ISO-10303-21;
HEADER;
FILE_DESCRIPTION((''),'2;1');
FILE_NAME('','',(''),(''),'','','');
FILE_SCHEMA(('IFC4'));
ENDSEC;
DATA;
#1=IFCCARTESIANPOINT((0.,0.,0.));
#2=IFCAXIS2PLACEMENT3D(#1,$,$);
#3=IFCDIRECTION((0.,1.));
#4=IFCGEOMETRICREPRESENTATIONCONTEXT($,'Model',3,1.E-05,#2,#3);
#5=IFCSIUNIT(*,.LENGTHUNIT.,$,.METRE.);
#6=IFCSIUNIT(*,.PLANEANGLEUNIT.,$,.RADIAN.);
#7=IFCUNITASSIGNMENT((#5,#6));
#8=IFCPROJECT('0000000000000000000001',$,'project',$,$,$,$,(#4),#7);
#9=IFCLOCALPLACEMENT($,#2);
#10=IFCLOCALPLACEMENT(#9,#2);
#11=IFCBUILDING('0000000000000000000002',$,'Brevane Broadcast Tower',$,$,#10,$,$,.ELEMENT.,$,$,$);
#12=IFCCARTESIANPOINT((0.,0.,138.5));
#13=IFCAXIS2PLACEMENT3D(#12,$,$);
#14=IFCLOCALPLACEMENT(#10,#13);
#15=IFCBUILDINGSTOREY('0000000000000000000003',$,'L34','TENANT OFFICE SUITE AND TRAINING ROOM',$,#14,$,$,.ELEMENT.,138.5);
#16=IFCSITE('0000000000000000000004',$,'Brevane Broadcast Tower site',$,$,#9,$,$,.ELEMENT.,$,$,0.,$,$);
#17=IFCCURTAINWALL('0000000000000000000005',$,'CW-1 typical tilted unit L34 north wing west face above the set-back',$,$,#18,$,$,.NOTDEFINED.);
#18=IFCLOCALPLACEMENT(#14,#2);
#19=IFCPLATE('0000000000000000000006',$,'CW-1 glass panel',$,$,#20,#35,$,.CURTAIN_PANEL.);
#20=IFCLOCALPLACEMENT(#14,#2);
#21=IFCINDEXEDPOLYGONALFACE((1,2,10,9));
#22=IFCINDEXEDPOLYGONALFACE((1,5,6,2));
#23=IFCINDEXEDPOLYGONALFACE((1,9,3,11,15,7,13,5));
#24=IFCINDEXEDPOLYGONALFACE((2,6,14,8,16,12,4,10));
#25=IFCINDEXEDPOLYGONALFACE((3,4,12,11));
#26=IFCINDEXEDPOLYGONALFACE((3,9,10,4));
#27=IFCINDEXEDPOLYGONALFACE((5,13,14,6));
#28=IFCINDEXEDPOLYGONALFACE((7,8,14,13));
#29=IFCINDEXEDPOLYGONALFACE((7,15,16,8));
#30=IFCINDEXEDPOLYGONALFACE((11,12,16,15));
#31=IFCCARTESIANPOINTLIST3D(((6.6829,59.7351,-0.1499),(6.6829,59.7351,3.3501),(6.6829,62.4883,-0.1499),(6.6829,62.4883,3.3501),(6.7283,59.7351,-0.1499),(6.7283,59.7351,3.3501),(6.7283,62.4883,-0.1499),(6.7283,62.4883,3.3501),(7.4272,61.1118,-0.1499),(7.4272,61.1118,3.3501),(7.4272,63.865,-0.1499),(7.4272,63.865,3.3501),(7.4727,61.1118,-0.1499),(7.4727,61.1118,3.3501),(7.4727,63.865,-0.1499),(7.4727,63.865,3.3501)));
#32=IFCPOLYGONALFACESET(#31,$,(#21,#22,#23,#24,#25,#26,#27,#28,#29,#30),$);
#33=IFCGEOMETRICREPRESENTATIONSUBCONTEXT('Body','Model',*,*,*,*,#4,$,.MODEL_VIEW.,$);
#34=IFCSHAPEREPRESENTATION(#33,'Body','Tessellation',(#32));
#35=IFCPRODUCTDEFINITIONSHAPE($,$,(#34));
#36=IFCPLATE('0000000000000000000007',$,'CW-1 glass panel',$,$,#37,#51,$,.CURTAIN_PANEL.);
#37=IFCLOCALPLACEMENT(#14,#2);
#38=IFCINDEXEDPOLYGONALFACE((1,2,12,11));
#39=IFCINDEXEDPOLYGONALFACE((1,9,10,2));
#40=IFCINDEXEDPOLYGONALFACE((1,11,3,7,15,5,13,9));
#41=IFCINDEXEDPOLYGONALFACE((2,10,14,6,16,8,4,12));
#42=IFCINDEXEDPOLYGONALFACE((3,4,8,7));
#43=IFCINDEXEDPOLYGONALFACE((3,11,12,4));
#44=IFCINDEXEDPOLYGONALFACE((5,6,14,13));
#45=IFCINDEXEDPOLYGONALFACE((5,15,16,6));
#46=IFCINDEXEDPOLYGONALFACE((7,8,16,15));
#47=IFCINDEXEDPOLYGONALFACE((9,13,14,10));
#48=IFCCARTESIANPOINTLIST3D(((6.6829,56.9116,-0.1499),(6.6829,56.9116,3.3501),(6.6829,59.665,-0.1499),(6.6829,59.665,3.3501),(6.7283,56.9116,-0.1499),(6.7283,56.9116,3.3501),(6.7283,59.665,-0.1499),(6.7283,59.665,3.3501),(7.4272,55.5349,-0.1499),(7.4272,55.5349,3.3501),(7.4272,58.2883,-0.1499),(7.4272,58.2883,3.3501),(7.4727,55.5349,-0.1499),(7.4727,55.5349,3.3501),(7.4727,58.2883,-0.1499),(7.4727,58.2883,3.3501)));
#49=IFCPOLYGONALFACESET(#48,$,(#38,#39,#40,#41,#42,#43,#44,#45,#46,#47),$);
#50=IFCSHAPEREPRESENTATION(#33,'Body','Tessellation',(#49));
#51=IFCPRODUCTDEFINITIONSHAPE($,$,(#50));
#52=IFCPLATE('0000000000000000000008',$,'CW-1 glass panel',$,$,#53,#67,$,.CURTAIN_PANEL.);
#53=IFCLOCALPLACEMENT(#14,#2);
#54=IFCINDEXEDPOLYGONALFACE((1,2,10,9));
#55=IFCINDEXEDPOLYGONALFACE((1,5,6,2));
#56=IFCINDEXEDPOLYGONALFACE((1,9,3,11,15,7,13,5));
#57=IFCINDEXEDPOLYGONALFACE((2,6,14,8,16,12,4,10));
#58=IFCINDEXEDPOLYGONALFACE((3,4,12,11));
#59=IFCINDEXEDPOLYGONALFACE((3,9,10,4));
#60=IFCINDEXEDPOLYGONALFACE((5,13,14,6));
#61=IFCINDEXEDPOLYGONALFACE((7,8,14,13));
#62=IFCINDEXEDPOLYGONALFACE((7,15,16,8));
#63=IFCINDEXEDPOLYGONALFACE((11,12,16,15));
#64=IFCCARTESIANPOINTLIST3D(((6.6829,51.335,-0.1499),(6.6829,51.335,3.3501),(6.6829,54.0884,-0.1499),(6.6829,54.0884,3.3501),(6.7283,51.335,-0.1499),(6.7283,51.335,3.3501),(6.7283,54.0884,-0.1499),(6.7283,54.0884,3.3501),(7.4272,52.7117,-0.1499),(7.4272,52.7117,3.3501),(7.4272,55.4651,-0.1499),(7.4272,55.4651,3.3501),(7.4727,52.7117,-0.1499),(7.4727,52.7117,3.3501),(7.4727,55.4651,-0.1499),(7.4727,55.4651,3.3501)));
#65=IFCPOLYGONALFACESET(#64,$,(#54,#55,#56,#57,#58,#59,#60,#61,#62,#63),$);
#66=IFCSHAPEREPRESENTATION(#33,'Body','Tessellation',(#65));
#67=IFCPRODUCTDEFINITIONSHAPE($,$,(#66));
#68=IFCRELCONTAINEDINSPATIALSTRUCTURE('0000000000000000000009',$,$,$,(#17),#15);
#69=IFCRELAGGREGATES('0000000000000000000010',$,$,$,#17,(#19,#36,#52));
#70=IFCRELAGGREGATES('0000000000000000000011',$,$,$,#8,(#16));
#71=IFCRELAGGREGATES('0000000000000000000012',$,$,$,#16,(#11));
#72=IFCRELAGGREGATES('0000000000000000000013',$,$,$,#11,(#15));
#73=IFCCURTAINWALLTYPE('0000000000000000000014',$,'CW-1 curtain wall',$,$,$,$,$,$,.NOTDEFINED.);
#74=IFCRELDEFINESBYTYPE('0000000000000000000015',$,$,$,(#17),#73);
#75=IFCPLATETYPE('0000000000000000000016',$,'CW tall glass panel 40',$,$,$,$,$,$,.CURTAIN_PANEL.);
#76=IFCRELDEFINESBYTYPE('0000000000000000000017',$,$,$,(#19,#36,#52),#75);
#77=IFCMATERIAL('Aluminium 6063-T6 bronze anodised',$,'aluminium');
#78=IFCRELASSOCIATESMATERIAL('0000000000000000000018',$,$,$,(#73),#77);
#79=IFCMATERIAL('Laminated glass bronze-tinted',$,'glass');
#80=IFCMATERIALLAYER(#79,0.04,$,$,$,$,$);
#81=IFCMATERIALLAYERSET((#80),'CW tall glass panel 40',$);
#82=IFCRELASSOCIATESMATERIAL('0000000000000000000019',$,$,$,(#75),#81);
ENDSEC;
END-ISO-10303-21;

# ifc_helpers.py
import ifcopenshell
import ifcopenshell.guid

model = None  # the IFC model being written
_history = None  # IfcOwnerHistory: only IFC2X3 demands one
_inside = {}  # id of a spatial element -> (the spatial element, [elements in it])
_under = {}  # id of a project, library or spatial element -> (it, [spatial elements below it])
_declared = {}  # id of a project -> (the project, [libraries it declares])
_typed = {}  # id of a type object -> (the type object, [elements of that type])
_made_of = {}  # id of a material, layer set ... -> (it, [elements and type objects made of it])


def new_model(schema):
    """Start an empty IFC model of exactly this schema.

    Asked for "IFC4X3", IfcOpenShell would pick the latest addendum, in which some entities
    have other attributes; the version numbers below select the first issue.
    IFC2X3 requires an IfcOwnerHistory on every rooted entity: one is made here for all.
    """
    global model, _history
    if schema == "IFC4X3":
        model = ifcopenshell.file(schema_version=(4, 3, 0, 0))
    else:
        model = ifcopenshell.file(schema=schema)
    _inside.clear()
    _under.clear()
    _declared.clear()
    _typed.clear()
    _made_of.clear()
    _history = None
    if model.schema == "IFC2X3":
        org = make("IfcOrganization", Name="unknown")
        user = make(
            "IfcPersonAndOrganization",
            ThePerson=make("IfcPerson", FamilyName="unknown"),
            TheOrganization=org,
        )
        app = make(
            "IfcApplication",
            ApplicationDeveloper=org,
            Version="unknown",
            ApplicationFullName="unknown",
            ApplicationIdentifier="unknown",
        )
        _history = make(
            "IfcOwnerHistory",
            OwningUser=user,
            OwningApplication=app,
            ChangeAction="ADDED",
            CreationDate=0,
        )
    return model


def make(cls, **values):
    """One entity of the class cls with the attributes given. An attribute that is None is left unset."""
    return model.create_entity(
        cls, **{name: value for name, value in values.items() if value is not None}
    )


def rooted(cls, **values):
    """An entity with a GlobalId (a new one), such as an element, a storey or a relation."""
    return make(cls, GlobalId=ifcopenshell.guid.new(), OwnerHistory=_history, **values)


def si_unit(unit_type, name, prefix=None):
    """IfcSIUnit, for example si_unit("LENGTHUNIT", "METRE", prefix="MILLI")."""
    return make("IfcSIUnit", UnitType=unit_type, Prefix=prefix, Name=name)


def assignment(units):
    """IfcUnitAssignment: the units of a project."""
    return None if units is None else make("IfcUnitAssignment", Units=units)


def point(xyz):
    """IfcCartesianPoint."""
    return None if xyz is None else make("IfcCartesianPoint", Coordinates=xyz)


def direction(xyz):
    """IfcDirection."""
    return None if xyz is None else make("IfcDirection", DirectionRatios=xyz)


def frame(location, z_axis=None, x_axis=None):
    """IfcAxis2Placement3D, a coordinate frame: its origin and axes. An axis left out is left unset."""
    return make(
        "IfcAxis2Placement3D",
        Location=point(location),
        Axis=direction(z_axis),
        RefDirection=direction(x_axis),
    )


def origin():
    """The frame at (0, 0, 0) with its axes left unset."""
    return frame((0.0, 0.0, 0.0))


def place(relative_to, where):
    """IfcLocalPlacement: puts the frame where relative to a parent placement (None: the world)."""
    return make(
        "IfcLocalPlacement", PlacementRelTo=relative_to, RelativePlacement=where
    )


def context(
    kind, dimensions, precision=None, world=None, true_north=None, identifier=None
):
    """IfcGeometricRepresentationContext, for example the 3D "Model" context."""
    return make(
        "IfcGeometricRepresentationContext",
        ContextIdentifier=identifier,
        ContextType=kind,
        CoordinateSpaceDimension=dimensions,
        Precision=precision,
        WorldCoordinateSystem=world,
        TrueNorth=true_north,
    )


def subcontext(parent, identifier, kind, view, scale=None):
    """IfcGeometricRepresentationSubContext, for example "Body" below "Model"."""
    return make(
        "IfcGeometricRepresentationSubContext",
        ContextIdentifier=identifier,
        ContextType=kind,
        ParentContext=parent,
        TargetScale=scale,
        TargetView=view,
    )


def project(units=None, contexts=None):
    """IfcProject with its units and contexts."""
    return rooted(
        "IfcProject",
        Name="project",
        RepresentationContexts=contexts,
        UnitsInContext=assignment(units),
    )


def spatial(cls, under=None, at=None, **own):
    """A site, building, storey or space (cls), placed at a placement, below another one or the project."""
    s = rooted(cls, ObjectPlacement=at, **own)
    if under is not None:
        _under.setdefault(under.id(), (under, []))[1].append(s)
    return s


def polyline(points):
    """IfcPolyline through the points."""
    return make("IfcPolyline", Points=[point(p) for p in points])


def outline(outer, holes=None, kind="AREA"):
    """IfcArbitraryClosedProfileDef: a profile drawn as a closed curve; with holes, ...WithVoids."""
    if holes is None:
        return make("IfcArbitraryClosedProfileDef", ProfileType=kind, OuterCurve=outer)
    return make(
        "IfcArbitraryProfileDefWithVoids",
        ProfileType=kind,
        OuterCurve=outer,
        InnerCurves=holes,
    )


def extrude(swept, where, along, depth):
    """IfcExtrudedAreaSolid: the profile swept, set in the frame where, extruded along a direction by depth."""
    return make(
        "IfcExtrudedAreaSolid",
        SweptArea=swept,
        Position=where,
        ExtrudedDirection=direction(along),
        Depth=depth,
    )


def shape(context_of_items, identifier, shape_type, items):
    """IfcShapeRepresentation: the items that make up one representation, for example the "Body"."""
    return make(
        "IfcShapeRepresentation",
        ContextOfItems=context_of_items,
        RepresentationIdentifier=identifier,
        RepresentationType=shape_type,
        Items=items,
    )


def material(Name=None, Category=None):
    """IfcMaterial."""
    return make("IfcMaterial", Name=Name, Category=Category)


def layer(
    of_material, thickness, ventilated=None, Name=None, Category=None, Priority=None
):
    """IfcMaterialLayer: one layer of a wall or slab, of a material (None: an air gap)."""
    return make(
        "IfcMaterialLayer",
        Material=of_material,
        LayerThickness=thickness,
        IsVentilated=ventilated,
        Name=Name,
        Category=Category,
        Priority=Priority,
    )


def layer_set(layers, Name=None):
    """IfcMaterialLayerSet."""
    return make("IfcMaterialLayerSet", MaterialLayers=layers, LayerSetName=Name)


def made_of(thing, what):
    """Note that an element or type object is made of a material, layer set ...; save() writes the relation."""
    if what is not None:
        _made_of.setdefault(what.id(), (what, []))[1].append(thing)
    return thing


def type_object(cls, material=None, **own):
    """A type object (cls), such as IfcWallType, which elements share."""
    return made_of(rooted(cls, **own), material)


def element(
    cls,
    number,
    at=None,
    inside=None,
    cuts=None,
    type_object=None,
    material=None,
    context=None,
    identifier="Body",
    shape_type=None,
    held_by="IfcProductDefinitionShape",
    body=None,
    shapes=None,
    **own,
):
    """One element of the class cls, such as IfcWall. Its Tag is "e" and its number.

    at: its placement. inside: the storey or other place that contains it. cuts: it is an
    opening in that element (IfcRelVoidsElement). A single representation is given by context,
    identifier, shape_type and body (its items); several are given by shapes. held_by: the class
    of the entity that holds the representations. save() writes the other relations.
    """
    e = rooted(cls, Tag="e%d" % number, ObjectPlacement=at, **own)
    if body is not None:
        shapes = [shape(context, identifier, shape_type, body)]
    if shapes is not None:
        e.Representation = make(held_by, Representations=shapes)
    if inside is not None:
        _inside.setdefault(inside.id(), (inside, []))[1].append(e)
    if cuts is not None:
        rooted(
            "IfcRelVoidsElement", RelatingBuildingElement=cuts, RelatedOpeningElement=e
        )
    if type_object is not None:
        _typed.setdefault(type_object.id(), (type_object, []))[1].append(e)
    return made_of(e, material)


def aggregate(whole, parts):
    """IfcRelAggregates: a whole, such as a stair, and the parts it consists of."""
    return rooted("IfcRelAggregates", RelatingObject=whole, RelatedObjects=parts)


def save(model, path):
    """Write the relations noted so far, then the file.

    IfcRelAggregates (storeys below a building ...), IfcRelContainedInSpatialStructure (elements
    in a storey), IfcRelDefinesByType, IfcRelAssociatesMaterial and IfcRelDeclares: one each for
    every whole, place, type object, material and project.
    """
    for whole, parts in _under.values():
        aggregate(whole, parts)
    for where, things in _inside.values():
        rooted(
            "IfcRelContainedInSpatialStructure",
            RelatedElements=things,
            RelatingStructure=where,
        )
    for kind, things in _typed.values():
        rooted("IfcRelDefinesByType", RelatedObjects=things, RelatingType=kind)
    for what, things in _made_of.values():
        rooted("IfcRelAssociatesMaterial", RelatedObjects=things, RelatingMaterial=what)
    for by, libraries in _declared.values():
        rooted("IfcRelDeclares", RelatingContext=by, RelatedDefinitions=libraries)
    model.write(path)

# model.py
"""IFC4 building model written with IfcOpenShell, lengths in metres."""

from ifc_helpers import new_model, si_unit, direction, frame, origin, place, context, subcontext, project, spatial, polyline, outline, extrude, material, layer, layer_set, type_object, element, aggregate, save


model = new_model("IFC4")

# Units and contexts
model_context = context("Model", 3, precision=1e-05, world=origin(), true_north=direction((0.0, 1.0)))
body_context = subcontext(model_context, "Body", "Model", "MODEL_VIEW")
ifc_project = project(units=[si_unit("LENGTHUNIT", "METRE"), si_unit("PLANEANGLEUNIT", "RADIAN")], contexts=[model_context])

# Site, building, storey
site_placement = place(None, origin())
site = spatial("IfcSite", under=ifc_project, at=site_placement, Name="Brevane Broadcast Tower site", CompositionType="ELEMENT", RefElevation=0.0)
building_placement = place(site_placement, origin())
building = spatial("IfcBuilding", under=site, at=building_placement, Name="Brevane Broadcast Tower", CompositionType="ELEMENT")
storey_placement = place(building_placement, frame((0.0, 0.0, 138.5)))
storey = spatial("IfcBuildingStorey", under=building, at=storey_placement, Name="L34", Description="TENANT OFFICE SUITE AND TRAINING ROOM", CompositionType="ELEMENT", Elevation=138.5)

# Shared definitions
ifc_material_1 = material(Name="Aluminium 6063-T6 bronze anodised", Category="aluminium")
curtain_wall_type = type_object("IfcCurtainWallType", Name="CW-1 curtain wall", PredefinedType="NOTDEFINED", material=ifc_material_1)

# Curtain wall, plates
ifc_material_2 = material(Name="Laminated glass bronze-tinted", Category="glass")
ifc_layer = layer(ifc_material_2, 0.04)
ifc_layer_set = layer_set([ifc_layer], Name="CW tall glass panel 40")
plate_type = type_object("IfcPlateType", Name="CW tall glass panel 40", PredefinedType="CURTAIN_PANEL", material=ifc_layer_set)
curtain_wall_1_placement = place(storey_placement, origin())
curtain_wall_1 = element("IfcCurtainWall", 1, at=curtain_wall_1_placement, inside=storey, type_object=curtain_wall_type, Name="CW-1 typical tilted unit L34 north wing west face above the set-back", PredefinedType="NOTDEFINED")
plate_1_placement = place(storey_placement, frame((0.0, 0.0, -0.1499)))
plate_1 = element("IfcPlate", 2, at=plate_1_placement, type_object=plate_type, Name="CW-1 glass panel", PredefinedType="CURTAIN_PANEL", context=body_context, shape_type="SweptSolid", body=[
    extrude(outline(polyline([(7.4727, 63.865), (7.4272, 63.865), (6.6829, 62.4883), (7.4272, 61.1118), (6.6829, 59.7351), (6.7283, 59.7351), (7.4727, 61.1118), (6.7283, 62.4883), (7.4727, 63.865)])), origin(), (0.0, 0.0, 1.0), 3.5),
])
plate_2_placement = place(storey_placement, frame((0.0, 0.0, -0.1499)))
plate_2 = element("IfcPlate", 3, at=plate_2_placement, type_object=plate_type, Name="CW-1 glass panel", PredefinedType="CURTAIN_PANEL", context=body_context, shape_type="SweptSolid", body=[
    extrude(outline(polyline([(6.7283, 59.665), (6.6829, 59.665), (7.4272, 58.2883), (6.6829, 56.9116), (7.4272, 55.5349), (7.4727, 55.5349), (6.7283, 56.9116), (7.4727, 58.2883), (6.7283, 59.665)])), origin(), (0.0, 0.0, 1.0), 3.5),
])
plate_3_placement = place(storey_placement, frame((0.0, 0.0, -0.1499)))
plate_3 = element("IfcPlate", 4, at=plate_3_placement, type_object=plate_type, Name="CW-1 glass panel", PredefinedType="CURTAIN_PANEL", context=body_context, shape_type="SweptSolid", body=[
    extrude(outline(polyline([(7.4727, 55.4651), (7.4272, 55.4651), (6.6829, 54.0884), (7.4272, 52.7117), (6.6829, 51.335), (6.7283, 51.335), (7.4727, 52.7117), (6.7283, 54.0884), (7.4727, 55.4651)])), origin(), (0.0, 0.0, 1.0), 3.5),
])
aggregate(curtain_wall_1, [plate_1, plate_2, plate_3])

save(model, "model.ifc")
